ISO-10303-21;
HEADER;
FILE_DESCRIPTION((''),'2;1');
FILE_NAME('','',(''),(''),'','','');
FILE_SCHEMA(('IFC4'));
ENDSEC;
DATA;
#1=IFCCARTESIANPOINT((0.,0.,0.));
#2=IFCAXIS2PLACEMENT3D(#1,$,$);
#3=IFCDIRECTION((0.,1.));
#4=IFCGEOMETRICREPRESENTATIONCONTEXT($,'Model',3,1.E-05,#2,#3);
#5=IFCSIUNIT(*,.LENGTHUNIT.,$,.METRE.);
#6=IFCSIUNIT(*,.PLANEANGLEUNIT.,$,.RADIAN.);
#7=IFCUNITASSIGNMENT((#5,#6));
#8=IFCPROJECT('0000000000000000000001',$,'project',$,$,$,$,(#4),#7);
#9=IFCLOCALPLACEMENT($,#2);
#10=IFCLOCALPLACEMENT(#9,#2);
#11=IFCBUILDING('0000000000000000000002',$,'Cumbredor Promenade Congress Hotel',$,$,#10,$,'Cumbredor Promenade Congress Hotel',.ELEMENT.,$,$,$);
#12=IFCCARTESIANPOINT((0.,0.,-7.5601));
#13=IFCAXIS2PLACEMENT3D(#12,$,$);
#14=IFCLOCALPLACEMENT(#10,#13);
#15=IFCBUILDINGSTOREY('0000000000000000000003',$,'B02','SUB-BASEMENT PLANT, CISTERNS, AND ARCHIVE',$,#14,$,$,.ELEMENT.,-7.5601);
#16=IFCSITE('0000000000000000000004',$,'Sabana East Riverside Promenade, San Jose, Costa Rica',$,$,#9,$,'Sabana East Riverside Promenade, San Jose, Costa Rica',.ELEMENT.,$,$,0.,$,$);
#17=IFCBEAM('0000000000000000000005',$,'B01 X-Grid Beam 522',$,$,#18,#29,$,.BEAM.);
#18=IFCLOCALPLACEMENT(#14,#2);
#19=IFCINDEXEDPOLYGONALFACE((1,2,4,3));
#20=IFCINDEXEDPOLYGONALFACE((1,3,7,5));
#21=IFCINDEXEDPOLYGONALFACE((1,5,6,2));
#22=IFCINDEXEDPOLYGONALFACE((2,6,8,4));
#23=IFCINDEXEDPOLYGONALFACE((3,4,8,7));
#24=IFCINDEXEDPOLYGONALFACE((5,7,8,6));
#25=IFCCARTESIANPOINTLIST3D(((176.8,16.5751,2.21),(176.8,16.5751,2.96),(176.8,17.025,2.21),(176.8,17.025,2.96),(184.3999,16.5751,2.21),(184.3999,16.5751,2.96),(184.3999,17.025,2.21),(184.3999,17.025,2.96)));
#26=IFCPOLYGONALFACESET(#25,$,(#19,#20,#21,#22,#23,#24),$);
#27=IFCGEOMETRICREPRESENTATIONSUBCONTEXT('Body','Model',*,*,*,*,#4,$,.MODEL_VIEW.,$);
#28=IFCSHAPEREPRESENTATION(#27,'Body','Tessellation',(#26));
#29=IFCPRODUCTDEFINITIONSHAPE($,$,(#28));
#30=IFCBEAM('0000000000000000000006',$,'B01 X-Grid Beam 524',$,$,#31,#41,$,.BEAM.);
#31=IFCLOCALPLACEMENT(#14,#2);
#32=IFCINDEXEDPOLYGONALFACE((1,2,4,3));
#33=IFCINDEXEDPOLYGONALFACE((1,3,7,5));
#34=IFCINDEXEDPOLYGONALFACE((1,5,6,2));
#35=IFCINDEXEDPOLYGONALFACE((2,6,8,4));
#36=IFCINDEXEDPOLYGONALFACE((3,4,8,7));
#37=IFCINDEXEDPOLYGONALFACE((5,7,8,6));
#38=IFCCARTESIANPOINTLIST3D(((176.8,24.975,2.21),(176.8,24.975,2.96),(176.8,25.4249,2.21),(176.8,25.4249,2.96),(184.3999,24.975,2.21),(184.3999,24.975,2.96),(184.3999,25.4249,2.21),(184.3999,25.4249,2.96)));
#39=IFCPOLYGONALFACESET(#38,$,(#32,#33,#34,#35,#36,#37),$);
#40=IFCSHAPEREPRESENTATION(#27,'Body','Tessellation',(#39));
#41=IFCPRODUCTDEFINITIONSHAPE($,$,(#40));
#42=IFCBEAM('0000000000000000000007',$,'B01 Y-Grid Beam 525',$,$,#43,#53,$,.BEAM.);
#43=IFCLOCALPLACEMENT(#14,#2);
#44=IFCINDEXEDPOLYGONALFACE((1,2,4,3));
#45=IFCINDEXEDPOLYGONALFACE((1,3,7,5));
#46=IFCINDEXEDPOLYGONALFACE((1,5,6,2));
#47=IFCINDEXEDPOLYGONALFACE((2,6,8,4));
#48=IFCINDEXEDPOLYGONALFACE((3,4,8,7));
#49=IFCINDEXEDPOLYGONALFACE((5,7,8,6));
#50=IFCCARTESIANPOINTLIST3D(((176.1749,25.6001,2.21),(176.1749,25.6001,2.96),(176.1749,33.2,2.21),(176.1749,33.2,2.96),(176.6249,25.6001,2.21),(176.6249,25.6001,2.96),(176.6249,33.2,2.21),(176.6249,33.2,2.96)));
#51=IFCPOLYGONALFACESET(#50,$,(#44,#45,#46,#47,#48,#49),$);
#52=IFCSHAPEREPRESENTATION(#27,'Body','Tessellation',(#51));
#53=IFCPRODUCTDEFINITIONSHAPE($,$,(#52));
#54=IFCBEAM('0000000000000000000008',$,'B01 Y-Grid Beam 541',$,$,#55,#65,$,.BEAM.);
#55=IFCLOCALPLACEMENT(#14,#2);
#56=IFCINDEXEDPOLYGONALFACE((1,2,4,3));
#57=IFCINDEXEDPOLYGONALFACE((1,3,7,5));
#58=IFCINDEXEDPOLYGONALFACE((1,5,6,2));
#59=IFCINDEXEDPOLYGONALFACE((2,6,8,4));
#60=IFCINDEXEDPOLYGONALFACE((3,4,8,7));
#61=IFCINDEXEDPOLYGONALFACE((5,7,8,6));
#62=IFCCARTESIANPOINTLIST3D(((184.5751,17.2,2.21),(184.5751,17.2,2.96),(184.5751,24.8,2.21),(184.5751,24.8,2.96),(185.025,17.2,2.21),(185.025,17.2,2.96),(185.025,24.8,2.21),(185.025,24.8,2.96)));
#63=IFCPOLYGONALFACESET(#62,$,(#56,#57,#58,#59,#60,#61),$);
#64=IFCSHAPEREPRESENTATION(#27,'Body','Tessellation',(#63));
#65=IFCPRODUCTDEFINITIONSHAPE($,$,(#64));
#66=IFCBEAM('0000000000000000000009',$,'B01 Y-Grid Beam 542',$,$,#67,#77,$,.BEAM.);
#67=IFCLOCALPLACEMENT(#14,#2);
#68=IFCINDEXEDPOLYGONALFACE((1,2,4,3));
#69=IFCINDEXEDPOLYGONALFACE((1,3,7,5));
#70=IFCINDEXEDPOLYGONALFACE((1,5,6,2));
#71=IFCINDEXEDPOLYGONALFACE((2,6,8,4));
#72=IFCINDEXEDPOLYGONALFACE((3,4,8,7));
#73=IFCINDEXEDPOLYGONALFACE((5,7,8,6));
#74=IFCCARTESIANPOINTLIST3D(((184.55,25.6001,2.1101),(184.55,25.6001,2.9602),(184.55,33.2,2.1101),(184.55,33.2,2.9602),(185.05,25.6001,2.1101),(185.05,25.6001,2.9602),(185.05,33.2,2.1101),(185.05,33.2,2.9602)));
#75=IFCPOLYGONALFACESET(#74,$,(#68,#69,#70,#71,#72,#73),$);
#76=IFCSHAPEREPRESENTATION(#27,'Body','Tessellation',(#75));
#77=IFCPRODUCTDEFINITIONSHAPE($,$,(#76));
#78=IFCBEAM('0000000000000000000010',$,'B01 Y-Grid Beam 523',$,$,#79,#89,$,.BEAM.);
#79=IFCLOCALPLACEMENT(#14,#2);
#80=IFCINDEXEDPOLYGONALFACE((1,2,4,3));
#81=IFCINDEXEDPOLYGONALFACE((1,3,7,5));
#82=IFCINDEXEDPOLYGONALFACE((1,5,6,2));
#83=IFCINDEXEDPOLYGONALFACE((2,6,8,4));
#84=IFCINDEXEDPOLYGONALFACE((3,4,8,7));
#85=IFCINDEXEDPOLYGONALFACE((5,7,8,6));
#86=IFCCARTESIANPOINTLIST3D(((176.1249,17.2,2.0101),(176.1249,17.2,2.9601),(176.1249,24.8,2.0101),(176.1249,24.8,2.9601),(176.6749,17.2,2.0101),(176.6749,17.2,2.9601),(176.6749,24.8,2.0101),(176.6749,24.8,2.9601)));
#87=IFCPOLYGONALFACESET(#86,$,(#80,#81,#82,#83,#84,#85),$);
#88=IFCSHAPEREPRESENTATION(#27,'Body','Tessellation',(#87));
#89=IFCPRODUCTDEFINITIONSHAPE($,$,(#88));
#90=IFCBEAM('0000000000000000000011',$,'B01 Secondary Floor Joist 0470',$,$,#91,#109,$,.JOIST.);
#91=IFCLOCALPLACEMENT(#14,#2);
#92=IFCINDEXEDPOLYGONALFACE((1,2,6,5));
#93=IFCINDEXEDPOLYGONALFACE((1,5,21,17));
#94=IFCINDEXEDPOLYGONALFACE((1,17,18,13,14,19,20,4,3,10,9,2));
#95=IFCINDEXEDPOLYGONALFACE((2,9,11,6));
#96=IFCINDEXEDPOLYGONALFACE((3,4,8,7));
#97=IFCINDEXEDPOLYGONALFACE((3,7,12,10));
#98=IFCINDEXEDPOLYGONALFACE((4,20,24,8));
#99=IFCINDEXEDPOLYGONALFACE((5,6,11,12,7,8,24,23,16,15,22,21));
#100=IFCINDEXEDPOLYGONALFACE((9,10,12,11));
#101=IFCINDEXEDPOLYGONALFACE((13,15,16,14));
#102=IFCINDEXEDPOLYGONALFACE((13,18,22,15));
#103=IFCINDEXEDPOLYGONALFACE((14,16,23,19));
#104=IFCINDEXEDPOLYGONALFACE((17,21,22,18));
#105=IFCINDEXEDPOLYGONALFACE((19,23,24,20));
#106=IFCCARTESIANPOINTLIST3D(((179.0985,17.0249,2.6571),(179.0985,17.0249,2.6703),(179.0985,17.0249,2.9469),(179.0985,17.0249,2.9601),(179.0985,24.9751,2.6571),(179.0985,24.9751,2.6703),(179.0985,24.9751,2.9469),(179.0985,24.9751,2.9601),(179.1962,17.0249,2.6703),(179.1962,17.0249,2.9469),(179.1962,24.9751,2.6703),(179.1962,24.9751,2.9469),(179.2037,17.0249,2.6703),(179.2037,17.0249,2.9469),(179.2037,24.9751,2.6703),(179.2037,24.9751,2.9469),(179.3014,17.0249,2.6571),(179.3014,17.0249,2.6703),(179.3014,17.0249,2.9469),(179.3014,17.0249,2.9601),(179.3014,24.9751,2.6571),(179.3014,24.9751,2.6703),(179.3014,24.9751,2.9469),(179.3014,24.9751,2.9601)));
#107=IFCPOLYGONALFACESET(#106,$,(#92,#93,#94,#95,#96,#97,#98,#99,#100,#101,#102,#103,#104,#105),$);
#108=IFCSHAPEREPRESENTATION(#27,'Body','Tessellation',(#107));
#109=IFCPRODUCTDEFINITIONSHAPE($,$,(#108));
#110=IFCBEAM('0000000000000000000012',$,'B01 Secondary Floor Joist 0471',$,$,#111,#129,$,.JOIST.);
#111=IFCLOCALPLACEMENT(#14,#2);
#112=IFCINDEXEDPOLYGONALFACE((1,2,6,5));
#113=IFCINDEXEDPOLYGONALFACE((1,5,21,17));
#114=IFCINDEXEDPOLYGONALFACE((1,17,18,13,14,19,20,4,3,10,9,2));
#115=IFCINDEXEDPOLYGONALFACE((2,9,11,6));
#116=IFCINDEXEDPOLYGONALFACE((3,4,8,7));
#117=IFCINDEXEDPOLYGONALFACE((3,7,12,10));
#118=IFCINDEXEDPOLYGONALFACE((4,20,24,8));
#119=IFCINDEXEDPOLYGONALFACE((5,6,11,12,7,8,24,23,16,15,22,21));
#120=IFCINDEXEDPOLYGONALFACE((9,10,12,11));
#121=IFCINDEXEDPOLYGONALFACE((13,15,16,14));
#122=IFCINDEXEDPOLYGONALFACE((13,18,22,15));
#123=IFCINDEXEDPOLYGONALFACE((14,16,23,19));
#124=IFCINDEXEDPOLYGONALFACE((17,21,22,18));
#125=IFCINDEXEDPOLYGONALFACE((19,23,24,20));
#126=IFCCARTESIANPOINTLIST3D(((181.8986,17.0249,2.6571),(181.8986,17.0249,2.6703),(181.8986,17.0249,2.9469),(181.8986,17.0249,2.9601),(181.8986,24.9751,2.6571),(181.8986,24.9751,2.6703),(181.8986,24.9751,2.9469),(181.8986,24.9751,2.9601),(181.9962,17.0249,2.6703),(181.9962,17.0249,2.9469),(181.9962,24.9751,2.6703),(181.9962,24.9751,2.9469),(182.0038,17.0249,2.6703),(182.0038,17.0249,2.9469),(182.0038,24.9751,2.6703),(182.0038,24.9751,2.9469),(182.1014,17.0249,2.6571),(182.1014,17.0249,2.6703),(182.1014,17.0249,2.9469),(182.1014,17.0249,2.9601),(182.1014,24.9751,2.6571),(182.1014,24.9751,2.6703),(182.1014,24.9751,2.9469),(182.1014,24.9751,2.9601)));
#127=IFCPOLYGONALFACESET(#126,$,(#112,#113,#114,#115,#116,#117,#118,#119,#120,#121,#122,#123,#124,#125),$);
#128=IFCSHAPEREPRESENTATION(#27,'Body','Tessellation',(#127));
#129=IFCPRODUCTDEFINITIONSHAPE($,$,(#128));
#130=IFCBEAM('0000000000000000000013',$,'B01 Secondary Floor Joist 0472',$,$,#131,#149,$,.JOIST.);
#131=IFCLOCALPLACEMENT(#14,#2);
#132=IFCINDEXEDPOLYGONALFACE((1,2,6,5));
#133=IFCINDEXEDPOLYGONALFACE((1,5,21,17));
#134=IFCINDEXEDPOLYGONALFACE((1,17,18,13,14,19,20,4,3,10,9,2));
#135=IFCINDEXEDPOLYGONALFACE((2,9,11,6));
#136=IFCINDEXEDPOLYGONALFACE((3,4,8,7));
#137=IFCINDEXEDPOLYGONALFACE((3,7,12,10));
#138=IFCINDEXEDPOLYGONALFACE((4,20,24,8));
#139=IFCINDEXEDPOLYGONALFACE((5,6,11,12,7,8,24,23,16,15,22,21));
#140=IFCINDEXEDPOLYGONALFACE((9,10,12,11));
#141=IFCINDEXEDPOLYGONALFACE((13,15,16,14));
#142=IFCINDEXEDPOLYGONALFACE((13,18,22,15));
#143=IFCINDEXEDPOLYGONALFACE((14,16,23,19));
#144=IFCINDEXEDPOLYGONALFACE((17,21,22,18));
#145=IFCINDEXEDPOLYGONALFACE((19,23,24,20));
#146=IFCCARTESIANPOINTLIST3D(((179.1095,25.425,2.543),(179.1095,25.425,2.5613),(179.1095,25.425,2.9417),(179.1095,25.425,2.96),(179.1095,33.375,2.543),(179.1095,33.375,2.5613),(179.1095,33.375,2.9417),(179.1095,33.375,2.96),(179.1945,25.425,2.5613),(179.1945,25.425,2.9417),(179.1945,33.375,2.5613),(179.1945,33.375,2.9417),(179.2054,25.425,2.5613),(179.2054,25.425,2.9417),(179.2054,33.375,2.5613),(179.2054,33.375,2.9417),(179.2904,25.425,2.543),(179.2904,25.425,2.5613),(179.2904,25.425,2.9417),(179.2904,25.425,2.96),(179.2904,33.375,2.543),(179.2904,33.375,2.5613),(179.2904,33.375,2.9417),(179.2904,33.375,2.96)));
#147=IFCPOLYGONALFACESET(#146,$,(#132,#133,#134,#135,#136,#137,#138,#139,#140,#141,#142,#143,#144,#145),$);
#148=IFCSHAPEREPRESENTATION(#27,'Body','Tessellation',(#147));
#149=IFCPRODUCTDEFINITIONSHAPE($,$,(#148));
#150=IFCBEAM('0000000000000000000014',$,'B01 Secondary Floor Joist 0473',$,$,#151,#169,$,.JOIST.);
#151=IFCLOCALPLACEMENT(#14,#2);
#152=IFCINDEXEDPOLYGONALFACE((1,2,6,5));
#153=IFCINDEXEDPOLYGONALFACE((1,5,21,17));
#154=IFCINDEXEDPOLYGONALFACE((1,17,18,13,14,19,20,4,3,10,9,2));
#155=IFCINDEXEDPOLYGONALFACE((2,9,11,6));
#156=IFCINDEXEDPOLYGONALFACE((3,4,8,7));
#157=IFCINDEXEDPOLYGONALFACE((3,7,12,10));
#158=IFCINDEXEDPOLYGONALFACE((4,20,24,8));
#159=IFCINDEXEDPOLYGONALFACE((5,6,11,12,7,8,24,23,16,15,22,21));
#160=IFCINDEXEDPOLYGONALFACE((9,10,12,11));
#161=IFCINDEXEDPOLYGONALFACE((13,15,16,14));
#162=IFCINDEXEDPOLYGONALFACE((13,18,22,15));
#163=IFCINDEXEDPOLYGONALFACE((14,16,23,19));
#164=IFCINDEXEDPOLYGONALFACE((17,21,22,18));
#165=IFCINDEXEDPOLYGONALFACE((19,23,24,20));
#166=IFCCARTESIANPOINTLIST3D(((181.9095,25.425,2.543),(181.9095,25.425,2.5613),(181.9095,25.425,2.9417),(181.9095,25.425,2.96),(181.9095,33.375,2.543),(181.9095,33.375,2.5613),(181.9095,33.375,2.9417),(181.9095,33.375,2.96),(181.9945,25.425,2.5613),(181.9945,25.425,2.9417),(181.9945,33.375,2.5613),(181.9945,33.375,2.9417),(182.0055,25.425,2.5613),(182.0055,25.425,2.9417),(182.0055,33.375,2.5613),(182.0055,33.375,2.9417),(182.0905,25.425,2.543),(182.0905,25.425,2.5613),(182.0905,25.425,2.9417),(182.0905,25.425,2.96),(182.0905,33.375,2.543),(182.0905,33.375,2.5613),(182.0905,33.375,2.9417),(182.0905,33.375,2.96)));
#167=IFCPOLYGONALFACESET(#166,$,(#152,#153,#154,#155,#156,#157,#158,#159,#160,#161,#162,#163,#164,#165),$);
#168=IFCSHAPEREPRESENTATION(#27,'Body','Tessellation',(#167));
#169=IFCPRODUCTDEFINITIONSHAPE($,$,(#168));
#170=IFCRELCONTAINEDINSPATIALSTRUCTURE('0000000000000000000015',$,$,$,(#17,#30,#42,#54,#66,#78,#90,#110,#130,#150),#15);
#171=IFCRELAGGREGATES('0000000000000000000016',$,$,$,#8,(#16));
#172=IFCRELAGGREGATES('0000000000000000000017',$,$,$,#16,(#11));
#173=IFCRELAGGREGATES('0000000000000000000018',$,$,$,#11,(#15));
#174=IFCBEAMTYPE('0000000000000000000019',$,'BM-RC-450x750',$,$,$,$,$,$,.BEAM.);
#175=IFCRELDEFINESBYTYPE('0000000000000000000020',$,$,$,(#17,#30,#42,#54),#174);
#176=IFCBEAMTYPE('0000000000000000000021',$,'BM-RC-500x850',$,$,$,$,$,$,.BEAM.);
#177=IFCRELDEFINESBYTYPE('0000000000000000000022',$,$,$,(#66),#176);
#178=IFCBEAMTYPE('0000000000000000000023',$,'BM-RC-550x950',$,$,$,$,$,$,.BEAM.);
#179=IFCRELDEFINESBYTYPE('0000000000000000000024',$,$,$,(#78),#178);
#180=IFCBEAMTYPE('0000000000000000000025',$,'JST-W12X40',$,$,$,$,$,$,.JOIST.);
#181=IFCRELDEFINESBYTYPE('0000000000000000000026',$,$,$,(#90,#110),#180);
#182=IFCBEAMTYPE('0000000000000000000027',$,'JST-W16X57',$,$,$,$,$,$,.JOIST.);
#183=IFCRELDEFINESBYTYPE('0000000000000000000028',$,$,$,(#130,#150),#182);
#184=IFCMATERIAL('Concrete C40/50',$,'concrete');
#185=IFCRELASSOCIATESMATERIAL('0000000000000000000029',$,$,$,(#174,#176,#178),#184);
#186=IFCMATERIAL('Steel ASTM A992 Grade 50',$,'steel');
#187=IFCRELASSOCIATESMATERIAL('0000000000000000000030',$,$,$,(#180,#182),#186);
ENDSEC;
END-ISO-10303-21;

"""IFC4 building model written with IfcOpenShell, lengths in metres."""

from ifc_helpers import new_model, si_unit, direction, frame, origin, origin_2d, place, context, subcontext, project, spatial, rectangle, i_section, extrude, material, material_profile, profile_set, type_object, element, save


model = new_model("IFC4")

# Units and contexts
model_context = context("Model", 3, precision=1e-05, world=origin(), true_north=direction((0.0, 1.0)))
body_context = subcontext(model_context, "Body", "Model", "MODEL_VIEW")
ifc_project = project(units=[si_unit("LENGTHUNIT", "METRE"), si_unit("PLANEANGLEUNIT", "RADIAN")], contexts=[model_context])

# Site, building, storey
site_placement = place(None, origin())
site = spatial("IfcSite", under=ifc_project, at=site_placement, Name="Sabana East Riverside Promenade, San Jose, Costa Rica", LongName="Sabana East Riverside Promenade, San Jose, Costa Rica", CompositionType="ELEMENT", RefElevation=0.0)
building_placement = place(site_placement, origin())
building = spatial("IfcBuilding", under=site, at=building_placement, Name="Cumbredor Promenade Congress Hotel", LongName="Cumbredor Promenade Congress Hotel", CompositionType="ELEMENT")
storey_placement = place(building_placement, frame((0.0, 0.0, -7.5601)))
storey = spatial("IfcBuildingStorey", under=building, at=storey_placement, Name="B02", Description="SUB-BASEMENT PLANT, CISTERNS, AND ARCHIVE", CompositionType="ELEMENT", Elevation=-7.5601)

# Shared definitions
ifc_material_1 = material(Name="Concrete C40/50", Category="concrete")

# Beams
ifc_material_profile_1 = material_profile(ifc_material_1, rectangle(XDim=0.45, YDim=0.75, at=origin_2d()), Name="RC BEAM 450x750")
ifc_profile_set_1 = profile_set([ifc_material_profile_1], Name="Concrete C40/50")
beam_type_1 = type_object("IfcBeamType", Name="BM-RC-450x750", PredefinedType="BEAM", material=ifc_profile_set_1)
for number, where, z_axis, x_axis, name in (
    (1, (176.8, 16.8, 2.585), (1.0, 0.0, 0.0), (0.0, 1.0, 0.0), "B01 X-Grid Beam 522"),
    (2, (176.8, 25.2, 2.585), (1.0, 0.0, 0.0), (0.0, 1.0, 0.0), "B01 X-Grid Beam 524"),
    (3, (176.3999, 25.6001, 2.585), (0.0, 1.0, 0.0), (-1.0, 0.0, 0.0), "B01 Y-Grid Beam 525"),
):
    element("IfcBeam", number, at=place(storey_placement, frame(where, z_axis=z_axis, x_axis=x_axis)), inside=storey, type_object=beam_type_1, Name=name, PredefinedType="BEAM", context=body_context, shape_type="SweptSolid", body=[
        extrude(rectangle(XDim=0.45, YDim=0.75, at=origin_2d()), origin(), (0.0, 0.0, 1.0), 7.5999),
    ])
beam_1_placement = place(storey_placement, frame((184.8, 17.2, 2.585), z_axis=(0.0, 1.0, 0.0), x_axis=(-1.0, 0.0, 0.0)))
element("IfcBeam", 4, at=beam_1_placement, inside=storey, type_object=beam_type_1, Name="B01 Y-Grid Beam 541", PredefinedType="BEAM", context=body_context, shape_type="SweptSolid", body=[
    extrude(rectangle(XDim=0.45, YDim=0.75, at=origin_2d()), origin(), (0.0, 0.0, 1.0), 7.6001),
])
ifc_material_profile_2 = material_profile(ifc_material_1, rectangle(XDim=0.5, YDim=0.8501, at=origin_2d()), Name="RC BEAM 500x850")
ifc_profile_set_2 = profile_set([ifc_material_profile_2], Name="Concrete C40/50")
beam_type_2 = type_object("IfcBeamType", Name="BM-RC-500x850", PredefinedType="BEAM", material=ifc_profile_set_2)
beam_2_placement = place(storey_placement, frame((184.8, 25.6001, 2.5352), z_axis=(0.0, 1.0, 0.0), x_axis=(-1.0, 0.0, 0.0)))
element("IfcBeam", 5, at=beam_2_placement, inside=storey, type_object=beam_type_2, Name="B01 Y-Grid Beam 542", PredefinedType="BEAM", context=body_context, shape_type="SweptSolid", body=[
    extrude(rectangle(XDim=0.5, YDim=0.8501, at=origin_2d()), origin(), (0.0, 0.0, 1.0), 7.5999),
])
ifc_material_profile_3 = material_profile(ifc_material_1, rectangle(XDim=0.55, YDim=0.95, at=origin_2d()), Name="RC BEAM 550x950")
ifc_profile_set_3 = profile_set([ifc_material_profile_3], Name="Concrete C40/50")
beam_type_3 = type_object("IfcBeamType", Name="BM-RC-550x950", PredefinedType="BEAM", material=ifc_profile_set_3)
beam_3_placement = place(storey_placement, frame((176.3999, 17.2, 2.4851), z_axis=(0.0, 1.0, 0.0), x_axis=(-1.0, 0.0, 0.0)))
element("IfcBeam", 6, at=beam_3_placement, inside=storey, type_object=beam_type_3, Name="B01 Y-Grid Beam 523", PredefinedType="BEAM", context=body_context, shape_type="SweptSolid", body=[
    extrude(rectangle(XDim=0.55, YDim=0.95, at=origin_2d()), origin(), (0.0, 0.0, 1.0), 7.6001),
])
ifc_material_2 = material(Name="Steel ASTM A992 Grade 50", Category="steel")
ifc_material_profile_4 = material_profile(ifc_material_2, i_section(OverallWidth=0.2029, OverallDepth=0.303, WebThickness=0.0076, FlangeThickness=0.0132, at=origin_2d()), Name="W12X40")
ifc_profile_set_4 = profile_set([ifc_material_profile_4], Name="Steel ASTM A992 Grade 50")
beam_type_4 = type_object("IfcBeamType", Name="JST-W12X40", PredefinedType="JOIST", material=ifc_profile_set_4)
for number, where, z_axis, x_axis, name in (
    (7, (179.2, 17.0249, 2.8086), (0.0, 1.0, 0.0), (-1.0, 0.0, 0.0), "B01 Secondary Floor Joist 0470"),
    (8, (182.0, 17.0249, 2.8086), (0.0, 1.0, 0.0), (-1.0, 0.0, 0.0), "B01 Secondary Floor Joist 0471"),
):
    element("IfcBeam", number, at=place(storey_placement, frame(where, z_axis=z_axis, x_axis=x_axis)), inside=storey, type_object=beam_type_4, Name=name, PredefinedType="JOIST", context=body_context, shape_type="SweptSolid", body=[
        extrude(i_section(OverallWidth=0.2029, OverallDepth=0.303, WebThickness=0.0076, FlangeThickness=0.0132, at=origin_2d()), origin(), (0.0, 0.0, 1.0), 7.9502),
    ])
ifc_material_profile_5 = material_profile(ifc_material_2, i_section(OverallWidth=0.1809, OverallDepth=0.417, WebThickness=0.011, FlangeThickness=0.0183, at=origin_2d()), Name="W16X57")
ifc_profile_set_5 = profile_set([ifc_material_profile_5], Name="Steel ASTM A992 Grade 50")
beam_type_5 = type_object("IfcBeamType", Name="JST-W16X57", PredefinedType="JOIST", material=ifc_profile_set_5)
for number, where, z_axis, x_axis, name in (
    (9, (179.2, 25.425, 2.7515), (0.0, 1.0, 0.0), (-1.0, 0.0, 0.0), "B01 Secondary Floor Joist 0472"),
    (10, (182.0, 25.425, 2.7515), (0.0, 1.0, 0.0), (-1.0, 0.0, 0.0), "B01 Secondary Floor Joist 0473"),
):
    element("IfcBeam", number, at=place(storey_placement, frame(where, z_axis=z_axis, x_axis=x_axis)), inside=storey, type_object=beam_type_5, Name=name, PredefinedType="JOIST", context=body_context, shape_type="SweptSolid", body=[
        extrude(i_section(OverallWidth=0.1809, OverallDepth=0.417, WebThickness=0.011, FlangeThickness=0.0183, at=origin_2d()), origin(), (0.0, 0.0, 1.0), 7.95),
    ])

save(model, "model.ifc")
